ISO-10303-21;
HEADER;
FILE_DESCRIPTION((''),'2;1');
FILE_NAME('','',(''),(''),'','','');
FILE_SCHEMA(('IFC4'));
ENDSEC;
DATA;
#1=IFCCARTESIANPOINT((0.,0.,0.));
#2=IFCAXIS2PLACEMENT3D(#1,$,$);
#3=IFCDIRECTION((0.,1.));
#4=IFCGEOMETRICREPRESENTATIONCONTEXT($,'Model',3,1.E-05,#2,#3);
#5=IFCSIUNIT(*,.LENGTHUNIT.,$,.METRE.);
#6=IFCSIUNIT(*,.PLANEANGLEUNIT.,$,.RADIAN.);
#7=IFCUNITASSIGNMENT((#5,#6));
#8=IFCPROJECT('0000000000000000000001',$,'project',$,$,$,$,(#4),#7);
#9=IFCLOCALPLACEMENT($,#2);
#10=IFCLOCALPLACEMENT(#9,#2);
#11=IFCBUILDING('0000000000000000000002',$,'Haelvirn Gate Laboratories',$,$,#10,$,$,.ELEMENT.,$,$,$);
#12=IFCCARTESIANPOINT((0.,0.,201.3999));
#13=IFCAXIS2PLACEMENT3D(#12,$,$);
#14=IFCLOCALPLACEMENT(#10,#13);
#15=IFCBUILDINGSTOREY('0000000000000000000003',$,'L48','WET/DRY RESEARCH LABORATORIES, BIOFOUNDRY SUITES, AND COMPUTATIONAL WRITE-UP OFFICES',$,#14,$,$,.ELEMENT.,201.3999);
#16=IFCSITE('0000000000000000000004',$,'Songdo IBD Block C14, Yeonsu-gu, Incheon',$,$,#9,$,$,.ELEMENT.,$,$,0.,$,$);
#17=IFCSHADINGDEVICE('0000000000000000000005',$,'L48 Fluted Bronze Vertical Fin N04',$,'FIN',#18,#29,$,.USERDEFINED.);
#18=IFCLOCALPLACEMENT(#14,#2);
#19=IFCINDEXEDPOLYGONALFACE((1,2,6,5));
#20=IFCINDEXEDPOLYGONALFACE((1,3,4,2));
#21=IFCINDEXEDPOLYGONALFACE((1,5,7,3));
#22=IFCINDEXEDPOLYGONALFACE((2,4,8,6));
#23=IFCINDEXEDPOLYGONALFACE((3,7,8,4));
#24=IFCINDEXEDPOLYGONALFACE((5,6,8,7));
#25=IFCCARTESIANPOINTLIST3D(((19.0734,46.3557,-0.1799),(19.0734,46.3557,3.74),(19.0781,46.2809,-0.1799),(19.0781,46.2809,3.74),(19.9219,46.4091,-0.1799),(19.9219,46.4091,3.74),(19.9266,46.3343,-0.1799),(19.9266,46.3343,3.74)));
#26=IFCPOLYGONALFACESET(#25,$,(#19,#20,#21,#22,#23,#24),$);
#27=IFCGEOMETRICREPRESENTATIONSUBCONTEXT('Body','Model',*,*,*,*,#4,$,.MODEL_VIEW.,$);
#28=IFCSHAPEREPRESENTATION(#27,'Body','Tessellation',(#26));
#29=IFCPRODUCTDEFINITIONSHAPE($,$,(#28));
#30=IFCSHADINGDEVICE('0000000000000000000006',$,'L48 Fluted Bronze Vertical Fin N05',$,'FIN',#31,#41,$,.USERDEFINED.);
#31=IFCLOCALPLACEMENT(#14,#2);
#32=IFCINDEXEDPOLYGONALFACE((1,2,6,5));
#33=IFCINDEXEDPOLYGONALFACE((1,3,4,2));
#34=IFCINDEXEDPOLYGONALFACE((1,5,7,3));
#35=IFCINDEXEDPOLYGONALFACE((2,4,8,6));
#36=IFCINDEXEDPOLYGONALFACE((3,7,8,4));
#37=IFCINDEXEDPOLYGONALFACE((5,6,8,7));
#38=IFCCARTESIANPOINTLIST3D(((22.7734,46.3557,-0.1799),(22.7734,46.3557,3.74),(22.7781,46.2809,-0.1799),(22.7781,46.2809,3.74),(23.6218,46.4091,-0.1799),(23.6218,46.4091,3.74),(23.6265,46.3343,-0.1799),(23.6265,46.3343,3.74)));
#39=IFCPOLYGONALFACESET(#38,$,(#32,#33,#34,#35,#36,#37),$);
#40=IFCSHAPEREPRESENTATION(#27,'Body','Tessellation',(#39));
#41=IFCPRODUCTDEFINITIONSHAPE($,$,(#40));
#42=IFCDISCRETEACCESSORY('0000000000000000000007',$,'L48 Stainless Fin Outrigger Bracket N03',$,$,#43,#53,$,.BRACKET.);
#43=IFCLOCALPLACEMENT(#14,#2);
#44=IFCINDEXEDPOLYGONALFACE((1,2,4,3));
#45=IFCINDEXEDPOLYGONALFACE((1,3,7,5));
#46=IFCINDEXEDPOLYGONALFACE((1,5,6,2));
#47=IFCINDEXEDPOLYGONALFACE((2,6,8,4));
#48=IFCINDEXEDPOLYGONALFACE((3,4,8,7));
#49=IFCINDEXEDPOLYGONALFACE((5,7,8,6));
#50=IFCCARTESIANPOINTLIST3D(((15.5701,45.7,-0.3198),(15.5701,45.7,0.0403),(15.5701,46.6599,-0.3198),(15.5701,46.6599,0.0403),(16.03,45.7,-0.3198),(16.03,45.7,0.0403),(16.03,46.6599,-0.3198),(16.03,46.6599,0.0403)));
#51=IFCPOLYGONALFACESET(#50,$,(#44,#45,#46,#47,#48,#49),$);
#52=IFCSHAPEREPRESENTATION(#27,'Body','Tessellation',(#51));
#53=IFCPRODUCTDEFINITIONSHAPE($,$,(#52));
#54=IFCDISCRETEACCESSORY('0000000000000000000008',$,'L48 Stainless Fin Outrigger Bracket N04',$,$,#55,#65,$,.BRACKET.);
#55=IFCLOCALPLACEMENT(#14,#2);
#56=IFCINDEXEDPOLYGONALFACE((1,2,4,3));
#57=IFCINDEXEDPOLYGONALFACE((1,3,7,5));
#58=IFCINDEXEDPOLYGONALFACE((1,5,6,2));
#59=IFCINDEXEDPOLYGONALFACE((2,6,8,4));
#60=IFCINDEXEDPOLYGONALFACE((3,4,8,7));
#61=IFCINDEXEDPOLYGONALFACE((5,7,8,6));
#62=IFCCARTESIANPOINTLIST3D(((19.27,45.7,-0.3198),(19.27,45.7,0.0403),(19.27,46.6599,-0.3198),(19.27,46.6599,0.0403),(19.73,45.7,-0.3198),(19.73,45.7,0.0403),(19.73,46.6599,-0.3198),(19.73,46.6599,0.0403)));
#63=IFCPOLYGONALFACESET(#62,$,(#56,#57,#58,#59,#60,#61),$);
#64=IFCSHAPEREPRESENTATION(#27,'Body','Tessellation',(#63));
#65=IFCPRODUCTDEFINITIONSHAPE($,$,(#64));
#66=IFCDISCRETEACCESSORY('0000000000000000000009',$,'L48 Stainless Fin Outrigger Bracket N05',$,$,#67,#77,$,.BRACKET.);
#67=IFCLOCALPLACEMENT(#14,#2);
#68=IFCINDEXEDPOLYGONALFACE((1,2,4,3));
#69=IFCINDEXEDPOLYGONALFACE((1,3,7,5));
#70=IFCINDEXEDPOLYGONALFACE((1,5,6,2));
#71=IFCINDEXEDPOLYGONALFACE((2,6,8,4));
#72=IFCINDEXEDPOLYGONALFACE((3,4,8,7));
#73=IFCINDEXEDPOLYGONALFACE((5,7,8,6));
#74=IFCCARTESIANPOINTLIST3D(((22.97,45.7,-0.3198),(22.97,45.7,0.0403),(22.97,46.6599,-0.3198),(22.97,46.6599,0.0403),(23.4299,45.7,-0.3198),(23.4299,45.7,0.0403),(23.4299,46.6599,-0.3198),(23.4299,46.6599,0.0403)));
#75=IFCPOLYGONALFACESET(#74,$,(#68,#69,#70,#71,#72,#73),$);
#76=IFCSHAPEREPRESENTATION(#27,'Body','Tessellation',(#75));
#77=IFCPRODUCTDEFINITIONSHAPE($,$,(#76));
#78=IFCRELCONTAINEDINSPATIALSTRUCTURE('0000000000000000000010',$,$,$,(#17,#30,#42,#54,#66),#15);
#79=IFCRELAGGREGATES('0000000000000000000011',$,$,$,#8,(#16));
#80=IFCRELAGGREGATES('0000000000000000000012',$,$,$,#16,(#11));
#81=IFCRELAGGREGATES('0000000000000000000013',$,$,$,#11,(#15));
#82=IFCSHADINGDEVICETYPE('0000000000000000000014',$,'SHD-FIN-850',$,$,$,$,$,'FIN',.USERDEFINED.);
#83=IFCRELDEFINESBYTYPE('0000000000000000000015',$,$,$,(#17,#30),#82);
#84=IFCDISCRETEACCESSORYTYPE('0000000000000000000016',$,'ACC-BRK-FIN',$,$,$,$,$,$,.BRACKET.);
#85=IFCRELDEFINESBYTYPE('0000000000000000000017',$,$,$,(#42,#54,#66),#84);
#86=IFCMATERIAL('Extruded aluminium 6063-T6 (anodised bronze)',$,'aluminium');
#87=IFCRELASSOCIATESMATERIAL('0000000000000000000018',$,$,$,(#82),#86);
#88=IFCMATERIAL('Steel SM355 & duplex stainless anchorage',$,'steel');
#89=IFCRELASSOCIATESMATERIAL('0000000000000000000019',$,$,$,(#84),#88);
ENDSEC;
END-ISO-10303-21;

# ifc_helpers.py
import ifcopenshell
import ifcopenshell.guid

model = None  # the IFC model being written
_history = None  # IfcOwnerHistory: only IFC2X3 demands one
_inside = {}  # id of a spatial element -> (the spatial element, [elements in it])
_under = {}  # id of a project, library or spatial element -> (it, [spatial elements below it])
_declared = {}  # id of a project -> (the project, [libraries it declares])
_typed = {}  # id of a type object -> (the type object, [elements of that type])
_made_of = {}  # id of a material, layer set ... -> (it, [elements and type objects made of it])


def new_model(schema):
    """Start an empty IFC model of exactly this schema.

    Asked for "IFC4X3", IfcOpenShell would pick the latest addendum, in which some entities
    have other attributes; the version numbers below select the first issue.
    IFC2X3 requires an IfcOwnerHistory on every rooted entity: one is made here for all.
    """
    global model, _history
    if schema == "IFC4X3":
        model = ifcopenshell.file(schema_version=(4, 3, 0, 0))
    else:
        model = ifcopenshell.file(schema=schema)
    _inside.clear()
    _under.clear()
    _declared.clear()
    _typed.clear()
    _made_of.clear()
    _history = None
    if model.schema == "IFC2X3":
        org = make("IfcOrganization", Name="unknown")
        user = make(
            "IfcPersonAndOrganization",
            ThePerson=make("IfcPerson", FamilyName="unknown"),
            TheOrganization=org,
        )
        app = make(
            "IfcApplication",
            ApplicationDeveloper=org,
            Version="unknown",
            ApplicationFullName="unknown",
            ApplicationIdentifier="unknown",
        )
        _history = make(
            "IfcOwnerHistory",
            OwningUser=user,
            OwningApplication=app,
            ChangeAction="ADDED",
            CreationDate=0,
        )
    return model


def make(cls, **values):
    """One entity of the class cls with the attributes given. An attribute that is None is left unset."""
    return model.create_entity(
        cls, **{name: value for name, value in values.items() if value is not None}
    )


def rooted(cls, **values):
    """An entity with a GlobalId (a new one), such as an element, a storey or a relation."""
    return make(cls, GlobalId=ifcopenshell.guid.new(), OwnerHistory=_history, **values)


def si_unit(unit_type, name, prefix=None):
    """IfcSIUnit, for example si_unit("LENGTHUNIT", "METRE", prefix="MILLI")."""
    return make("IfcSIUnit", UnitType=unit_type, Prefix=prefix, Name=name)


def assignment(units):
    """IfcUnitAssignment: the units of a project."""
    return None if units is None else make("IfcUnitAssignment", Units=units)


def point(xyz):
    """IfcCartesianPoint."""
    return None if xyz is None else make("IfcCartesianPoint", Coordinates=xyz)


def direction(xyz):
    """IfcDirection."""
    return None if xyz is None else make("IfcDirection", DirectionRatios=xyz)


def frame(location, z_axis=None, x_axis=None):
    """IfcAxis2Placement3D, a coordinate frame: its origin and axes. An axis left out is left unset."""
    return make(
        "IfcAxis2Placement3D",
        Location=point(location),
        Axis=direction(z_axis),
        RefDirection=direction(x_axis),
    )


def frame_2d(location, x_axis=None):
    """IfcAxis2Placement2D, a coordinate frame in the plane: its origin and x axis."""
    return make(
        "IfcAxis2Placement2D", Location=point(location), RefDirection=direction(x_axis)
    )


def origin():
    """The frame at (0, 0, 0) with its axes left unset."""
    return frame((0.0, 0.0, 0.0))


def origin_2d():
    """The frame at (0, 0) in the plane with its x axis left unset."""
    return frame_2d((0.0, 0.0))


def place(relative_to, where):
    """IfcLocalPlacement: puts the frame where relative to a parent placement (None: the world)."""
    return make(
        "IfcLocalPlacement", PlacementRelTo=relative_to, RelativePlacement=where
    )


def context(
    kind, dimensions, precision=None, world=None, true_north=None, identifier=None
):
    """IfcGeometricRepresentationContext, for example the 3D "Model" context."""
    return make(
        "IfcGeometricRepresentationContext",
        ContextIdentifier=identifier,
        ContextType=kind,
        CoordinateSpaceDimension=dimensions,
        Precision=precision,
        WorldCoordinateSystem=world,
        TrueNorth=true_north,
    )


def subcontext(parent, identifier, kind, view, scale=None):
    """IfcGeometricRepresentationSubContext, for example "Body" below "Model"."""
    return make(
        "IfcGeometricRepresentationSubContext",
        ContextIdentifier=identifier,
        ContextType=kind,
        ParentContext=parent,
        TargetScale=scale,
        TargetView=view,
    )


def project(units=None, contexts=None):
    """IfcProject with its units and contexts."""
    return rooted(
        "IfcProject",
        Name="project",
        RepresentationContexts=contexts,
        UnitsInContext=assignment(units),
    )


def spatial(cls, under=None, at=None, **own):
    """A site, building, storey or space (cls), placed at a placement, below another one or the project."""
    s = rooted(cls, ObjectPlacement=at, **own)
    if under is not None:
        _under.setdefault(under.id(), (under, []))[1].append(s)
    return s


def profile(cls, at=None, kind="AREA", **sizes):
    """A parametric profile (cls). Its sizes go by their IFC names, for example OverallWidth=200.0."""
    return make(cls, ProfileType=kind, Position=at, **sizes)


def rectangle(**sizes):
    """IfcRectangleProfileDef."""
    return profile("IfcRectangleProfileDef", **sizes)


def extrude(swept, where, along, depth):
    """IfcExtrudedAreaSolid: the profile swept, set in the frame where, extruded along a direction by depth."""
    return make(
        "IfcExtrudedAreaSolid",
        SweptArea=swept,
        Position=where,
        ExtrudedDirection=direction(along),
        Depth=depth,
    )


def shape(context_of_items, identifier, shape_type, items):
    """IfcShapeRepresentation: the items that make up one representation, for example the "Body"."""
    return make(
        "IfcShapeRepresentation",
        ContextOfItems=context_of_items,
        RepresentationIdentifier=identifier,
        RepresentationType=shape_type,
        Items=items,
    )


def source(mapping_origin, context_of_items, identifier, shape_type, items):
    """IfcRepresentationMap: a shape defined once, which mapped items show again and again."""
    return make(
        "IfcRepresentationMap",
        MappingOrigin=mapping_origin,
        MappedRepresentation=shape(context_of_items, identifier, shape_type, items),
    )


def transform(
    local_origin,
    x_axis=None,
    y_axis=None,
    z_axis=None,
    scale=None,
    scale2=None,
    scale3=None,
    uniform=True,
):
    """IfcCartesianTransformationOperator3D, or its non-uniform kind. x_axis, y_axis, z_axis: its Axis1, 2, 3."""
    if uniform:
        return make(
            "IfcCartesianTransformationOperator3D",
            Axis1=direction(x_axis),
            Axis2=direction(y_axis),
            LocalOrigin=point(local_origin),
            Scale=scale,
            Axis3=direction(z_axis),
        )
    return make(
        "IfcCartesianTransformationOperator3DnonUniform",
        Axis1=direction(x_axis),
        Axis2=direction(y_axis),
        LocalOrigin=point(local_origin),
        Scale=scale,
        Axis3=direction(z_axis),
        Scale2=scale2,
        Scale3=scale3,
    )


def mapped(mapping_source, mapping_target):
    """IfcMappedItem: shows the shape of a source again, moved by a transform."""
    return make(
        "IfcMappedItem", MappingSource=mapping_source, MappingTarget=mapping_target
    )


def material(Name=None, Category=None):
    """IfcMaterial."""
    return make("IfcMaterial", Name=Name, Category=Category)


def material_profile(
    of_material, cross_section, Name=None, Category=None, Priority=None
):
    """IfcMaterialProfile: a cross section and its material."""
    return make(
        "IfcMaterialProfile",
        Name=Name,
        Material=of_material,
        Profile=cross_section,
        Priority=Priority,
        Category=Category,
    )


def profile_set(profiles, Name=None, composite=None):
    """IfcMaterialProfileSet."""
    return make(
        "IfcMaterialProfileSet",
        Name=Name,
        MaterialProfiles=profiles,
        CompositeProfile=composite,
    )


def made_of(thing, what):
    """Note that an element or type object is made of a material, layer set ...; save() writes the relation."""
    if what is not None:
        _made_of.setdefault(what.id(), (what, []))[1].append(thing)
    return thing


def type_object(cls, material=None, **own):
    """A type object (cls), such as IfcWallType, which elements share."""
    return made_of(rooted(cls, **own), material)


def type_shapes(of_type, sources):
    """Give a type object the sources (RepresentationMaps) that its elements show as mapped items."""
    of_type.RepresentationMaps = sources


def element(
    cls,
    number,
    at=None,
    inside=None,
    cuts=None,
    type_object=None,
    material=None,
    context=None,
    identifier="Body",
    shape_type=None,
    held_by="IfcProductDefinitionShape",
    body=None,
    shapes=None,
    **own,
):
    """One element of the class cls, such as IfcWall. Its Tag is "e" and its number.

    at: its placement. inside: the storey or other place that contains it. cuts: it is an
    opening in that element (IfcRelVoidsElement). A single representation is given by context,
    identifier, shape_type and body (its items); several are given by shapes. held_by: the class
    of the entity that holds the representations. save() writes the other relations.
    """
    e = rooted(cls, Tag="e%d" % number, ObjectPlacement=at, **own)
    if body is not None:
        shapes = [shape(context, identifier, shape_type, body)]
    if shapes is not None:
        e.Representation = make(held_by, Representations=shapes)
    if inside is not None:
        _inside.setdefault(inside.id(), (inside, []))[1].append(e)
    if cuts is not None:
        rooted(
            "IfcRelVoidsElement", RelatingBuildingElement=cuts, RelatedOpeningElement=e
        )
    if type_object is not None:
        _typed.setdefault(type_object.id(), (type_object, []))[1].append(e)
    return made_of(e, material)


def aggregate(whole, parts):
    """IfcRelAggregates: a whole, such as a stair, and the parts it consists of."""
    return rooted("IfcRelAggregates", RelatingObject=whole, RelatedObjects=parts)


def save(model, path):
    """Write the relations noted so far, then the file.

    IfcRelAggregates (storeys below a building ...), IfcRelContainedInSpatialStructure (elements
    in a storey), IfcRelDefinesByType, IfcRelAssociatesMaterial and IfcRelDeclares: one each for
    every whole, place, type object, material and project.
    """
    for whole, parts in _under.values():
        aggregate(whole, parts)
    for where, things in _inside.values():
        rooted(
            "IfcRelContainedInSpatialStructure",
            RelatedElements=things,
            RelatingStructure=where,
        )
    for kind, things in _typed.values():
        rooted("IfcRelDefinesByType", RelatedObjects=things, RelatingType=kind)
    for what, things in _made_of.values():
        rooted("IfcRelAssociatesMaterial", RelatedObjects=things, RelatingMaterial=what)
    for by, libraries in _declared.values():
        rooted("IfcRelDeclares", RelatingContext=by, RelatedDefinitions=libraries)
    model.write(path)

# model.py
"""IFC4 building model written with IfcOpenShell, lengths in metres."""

from ifc_helpers import new_model, si_unit, direction, frame, origin, origin_2d, place, context, subcontext, project, spatial, rectangle, extrude, source, transform, mapped, material, material_profile, profile_set, type_object, type_shapes, element, save


model = new_model("IFC4")

# Units and contexts
model_context = context("Model", 3, precision=1e-05, world=origin(), true_north=direction((0.0, 1.0)))
body_context = subcontext(model_context, "Body", "Model", "MODEL_VIEW")
ifc_project = project(units=[si_unit("LENGTHUNIT", "METRE"), si_unit("PLANEANGLEUNIT", "RADIAN")], contexts=[model_context])

# Site, building, storey
site_placement = place(None, origin())
site = spatial("IfcSite", under=ifc_project, at=site_placement, Name="Songdo IBD Block C14, Yeonsu-gu, Incheon", CompositionType="ELEMENT", RefElevation=0.0)
building_placement = place(site_placement, origin())
building = spatial("IfcBuilding", under=site, at=building_placement, Name="Haelvirn Gate Laboratories", CompositionType="ELEMENT")
storey_placement = place(building_placement, frame((0.0, 0.0, 201.3999)))
storey = spatial("IfcBuildingStorey", under=building, at=storey_placement, Name="L48", Description="WET/DRY RESEARCH LABORATORIES, BIOFOUNDRY SUITES, AND COMPUTATIONAL WRITE-UP OFFICES", CompositionType="ELEMENT", Elevation=201.3999)

# Shared definitions
ifc_material_1 = material(Name="Extruded aluminium 6063-T6 (anodised bronze)", Category="aluminium")

# Shading devices
ifc_material_profile_1 = material_profile(ifc_material_1, rectangle(XDim=0.075, YDim=0.8501, at=origin_2d()), Name="FIN-850x75")
ifc_profile_set_1 = profile_set([ifc_material_profile_1], Name="Extruded aluminium 6063-T6 (anodised bronze)")
shading_device_type = type_object("IfcShadingDeviceType", Name="SHD-FIN-850", ElementType="FIN", PredefinedType="USERDEFINED", material=ifc_profile_set_1)
shared_shape_1 = source(origin(), body_context, "Body", "SweptSolid", [
    extrude(rectangle(XDim=0.075, YDim=0.8501, at=origin_2d()), origin(), (0.0, 0.0, 1.0), 3.9199),
])
type_shapes(shading_device_type, [shared_shape_1])
for number, where, z_axis, x_axis, name in (
    (1, (19.5, 46.345, -0.1799), (0.0, 0.0, 1.0), (-0.062791, 0.998027, 0.0), "L48 Fluted Bronze Vertical Fin N04"),
    (2, (23.2, 46.345, -0.1799), (0.0, 0.0, 1.0), (-0.062791, 0.998027, 0.0), "L48 Fluted Bronze Vertical Fin N05"),
):
    element("IfcShadingDevice", number, at=place(storey_placement, frame(where, z_axis=z_axis, x_axis=x_axis)), inside=storey, type_object=shading_device_type, Name=name, ObjectType="FIN", PredefinedType="USERDEFINED", context=body_context, shape_type="MappedRepresentation", body=[
        mapped(shared_shape_1, transform((0.0, 0.0, 0.0), scale=1.0)),
    ])

# Discrete accessories
ifc_material_2 = material(Name="Steel SM355 & duplex stainless anchorage", Category="steel")
discrete_accessory_type = type_object("IfcDiscreteAccessoryType", Name="ACC-BRK-FIN", PredefinedType="BRACKET", material=ifc_material_2)
shared_shape_2 = source(origin(), body_context, "Body", "SweptSolid", [
    extrude(rectangle(XDim=0.46, YDim=0.96, at=origin_2d()), origin(), (0.0, 0.0, 1.0), 0.3601),
])
type_shapes(discrete_accessory_type, [shared_shape_2])
for number, where, z_axis, x_axis, name in (
    (3, (15.8, 46.1799, -0.3198), (0.0, 0.0, 1.0), (1.0, 0.0, 0.0), "L48 Stainless Fin Outrigger Bracket N03"),
    (4, (19.5, 46.1799, -0.3198), (0.0, 0.0, 1.0), (1.0, 0.0, 0.0), "L48 Stainless Fin Outrigger Bracket N04"),
    (5, (23.2, 46.1799, -0.3198), (0.0, 0.0, 1.0), (1.0, 0.0, 0.0), "L48 Stainless Fin Outrigger Bracket N05"),
):
    element("IfcDiscreteAccessory", number, at=place(storey_placement, frame(where, z_axis=z_axis, x_axis=x_axis)), inside=storey, type_object=discrete_accessory_type, Name=name, PredefinedType="BRACKET", context=body_context, shape_type="MappedRepresentation", body=[
        mapped(shared_shape_2, transform((0.0, 0.0, 0.0), scale=1.0)),
    ])

save(model, "model.ifc")
